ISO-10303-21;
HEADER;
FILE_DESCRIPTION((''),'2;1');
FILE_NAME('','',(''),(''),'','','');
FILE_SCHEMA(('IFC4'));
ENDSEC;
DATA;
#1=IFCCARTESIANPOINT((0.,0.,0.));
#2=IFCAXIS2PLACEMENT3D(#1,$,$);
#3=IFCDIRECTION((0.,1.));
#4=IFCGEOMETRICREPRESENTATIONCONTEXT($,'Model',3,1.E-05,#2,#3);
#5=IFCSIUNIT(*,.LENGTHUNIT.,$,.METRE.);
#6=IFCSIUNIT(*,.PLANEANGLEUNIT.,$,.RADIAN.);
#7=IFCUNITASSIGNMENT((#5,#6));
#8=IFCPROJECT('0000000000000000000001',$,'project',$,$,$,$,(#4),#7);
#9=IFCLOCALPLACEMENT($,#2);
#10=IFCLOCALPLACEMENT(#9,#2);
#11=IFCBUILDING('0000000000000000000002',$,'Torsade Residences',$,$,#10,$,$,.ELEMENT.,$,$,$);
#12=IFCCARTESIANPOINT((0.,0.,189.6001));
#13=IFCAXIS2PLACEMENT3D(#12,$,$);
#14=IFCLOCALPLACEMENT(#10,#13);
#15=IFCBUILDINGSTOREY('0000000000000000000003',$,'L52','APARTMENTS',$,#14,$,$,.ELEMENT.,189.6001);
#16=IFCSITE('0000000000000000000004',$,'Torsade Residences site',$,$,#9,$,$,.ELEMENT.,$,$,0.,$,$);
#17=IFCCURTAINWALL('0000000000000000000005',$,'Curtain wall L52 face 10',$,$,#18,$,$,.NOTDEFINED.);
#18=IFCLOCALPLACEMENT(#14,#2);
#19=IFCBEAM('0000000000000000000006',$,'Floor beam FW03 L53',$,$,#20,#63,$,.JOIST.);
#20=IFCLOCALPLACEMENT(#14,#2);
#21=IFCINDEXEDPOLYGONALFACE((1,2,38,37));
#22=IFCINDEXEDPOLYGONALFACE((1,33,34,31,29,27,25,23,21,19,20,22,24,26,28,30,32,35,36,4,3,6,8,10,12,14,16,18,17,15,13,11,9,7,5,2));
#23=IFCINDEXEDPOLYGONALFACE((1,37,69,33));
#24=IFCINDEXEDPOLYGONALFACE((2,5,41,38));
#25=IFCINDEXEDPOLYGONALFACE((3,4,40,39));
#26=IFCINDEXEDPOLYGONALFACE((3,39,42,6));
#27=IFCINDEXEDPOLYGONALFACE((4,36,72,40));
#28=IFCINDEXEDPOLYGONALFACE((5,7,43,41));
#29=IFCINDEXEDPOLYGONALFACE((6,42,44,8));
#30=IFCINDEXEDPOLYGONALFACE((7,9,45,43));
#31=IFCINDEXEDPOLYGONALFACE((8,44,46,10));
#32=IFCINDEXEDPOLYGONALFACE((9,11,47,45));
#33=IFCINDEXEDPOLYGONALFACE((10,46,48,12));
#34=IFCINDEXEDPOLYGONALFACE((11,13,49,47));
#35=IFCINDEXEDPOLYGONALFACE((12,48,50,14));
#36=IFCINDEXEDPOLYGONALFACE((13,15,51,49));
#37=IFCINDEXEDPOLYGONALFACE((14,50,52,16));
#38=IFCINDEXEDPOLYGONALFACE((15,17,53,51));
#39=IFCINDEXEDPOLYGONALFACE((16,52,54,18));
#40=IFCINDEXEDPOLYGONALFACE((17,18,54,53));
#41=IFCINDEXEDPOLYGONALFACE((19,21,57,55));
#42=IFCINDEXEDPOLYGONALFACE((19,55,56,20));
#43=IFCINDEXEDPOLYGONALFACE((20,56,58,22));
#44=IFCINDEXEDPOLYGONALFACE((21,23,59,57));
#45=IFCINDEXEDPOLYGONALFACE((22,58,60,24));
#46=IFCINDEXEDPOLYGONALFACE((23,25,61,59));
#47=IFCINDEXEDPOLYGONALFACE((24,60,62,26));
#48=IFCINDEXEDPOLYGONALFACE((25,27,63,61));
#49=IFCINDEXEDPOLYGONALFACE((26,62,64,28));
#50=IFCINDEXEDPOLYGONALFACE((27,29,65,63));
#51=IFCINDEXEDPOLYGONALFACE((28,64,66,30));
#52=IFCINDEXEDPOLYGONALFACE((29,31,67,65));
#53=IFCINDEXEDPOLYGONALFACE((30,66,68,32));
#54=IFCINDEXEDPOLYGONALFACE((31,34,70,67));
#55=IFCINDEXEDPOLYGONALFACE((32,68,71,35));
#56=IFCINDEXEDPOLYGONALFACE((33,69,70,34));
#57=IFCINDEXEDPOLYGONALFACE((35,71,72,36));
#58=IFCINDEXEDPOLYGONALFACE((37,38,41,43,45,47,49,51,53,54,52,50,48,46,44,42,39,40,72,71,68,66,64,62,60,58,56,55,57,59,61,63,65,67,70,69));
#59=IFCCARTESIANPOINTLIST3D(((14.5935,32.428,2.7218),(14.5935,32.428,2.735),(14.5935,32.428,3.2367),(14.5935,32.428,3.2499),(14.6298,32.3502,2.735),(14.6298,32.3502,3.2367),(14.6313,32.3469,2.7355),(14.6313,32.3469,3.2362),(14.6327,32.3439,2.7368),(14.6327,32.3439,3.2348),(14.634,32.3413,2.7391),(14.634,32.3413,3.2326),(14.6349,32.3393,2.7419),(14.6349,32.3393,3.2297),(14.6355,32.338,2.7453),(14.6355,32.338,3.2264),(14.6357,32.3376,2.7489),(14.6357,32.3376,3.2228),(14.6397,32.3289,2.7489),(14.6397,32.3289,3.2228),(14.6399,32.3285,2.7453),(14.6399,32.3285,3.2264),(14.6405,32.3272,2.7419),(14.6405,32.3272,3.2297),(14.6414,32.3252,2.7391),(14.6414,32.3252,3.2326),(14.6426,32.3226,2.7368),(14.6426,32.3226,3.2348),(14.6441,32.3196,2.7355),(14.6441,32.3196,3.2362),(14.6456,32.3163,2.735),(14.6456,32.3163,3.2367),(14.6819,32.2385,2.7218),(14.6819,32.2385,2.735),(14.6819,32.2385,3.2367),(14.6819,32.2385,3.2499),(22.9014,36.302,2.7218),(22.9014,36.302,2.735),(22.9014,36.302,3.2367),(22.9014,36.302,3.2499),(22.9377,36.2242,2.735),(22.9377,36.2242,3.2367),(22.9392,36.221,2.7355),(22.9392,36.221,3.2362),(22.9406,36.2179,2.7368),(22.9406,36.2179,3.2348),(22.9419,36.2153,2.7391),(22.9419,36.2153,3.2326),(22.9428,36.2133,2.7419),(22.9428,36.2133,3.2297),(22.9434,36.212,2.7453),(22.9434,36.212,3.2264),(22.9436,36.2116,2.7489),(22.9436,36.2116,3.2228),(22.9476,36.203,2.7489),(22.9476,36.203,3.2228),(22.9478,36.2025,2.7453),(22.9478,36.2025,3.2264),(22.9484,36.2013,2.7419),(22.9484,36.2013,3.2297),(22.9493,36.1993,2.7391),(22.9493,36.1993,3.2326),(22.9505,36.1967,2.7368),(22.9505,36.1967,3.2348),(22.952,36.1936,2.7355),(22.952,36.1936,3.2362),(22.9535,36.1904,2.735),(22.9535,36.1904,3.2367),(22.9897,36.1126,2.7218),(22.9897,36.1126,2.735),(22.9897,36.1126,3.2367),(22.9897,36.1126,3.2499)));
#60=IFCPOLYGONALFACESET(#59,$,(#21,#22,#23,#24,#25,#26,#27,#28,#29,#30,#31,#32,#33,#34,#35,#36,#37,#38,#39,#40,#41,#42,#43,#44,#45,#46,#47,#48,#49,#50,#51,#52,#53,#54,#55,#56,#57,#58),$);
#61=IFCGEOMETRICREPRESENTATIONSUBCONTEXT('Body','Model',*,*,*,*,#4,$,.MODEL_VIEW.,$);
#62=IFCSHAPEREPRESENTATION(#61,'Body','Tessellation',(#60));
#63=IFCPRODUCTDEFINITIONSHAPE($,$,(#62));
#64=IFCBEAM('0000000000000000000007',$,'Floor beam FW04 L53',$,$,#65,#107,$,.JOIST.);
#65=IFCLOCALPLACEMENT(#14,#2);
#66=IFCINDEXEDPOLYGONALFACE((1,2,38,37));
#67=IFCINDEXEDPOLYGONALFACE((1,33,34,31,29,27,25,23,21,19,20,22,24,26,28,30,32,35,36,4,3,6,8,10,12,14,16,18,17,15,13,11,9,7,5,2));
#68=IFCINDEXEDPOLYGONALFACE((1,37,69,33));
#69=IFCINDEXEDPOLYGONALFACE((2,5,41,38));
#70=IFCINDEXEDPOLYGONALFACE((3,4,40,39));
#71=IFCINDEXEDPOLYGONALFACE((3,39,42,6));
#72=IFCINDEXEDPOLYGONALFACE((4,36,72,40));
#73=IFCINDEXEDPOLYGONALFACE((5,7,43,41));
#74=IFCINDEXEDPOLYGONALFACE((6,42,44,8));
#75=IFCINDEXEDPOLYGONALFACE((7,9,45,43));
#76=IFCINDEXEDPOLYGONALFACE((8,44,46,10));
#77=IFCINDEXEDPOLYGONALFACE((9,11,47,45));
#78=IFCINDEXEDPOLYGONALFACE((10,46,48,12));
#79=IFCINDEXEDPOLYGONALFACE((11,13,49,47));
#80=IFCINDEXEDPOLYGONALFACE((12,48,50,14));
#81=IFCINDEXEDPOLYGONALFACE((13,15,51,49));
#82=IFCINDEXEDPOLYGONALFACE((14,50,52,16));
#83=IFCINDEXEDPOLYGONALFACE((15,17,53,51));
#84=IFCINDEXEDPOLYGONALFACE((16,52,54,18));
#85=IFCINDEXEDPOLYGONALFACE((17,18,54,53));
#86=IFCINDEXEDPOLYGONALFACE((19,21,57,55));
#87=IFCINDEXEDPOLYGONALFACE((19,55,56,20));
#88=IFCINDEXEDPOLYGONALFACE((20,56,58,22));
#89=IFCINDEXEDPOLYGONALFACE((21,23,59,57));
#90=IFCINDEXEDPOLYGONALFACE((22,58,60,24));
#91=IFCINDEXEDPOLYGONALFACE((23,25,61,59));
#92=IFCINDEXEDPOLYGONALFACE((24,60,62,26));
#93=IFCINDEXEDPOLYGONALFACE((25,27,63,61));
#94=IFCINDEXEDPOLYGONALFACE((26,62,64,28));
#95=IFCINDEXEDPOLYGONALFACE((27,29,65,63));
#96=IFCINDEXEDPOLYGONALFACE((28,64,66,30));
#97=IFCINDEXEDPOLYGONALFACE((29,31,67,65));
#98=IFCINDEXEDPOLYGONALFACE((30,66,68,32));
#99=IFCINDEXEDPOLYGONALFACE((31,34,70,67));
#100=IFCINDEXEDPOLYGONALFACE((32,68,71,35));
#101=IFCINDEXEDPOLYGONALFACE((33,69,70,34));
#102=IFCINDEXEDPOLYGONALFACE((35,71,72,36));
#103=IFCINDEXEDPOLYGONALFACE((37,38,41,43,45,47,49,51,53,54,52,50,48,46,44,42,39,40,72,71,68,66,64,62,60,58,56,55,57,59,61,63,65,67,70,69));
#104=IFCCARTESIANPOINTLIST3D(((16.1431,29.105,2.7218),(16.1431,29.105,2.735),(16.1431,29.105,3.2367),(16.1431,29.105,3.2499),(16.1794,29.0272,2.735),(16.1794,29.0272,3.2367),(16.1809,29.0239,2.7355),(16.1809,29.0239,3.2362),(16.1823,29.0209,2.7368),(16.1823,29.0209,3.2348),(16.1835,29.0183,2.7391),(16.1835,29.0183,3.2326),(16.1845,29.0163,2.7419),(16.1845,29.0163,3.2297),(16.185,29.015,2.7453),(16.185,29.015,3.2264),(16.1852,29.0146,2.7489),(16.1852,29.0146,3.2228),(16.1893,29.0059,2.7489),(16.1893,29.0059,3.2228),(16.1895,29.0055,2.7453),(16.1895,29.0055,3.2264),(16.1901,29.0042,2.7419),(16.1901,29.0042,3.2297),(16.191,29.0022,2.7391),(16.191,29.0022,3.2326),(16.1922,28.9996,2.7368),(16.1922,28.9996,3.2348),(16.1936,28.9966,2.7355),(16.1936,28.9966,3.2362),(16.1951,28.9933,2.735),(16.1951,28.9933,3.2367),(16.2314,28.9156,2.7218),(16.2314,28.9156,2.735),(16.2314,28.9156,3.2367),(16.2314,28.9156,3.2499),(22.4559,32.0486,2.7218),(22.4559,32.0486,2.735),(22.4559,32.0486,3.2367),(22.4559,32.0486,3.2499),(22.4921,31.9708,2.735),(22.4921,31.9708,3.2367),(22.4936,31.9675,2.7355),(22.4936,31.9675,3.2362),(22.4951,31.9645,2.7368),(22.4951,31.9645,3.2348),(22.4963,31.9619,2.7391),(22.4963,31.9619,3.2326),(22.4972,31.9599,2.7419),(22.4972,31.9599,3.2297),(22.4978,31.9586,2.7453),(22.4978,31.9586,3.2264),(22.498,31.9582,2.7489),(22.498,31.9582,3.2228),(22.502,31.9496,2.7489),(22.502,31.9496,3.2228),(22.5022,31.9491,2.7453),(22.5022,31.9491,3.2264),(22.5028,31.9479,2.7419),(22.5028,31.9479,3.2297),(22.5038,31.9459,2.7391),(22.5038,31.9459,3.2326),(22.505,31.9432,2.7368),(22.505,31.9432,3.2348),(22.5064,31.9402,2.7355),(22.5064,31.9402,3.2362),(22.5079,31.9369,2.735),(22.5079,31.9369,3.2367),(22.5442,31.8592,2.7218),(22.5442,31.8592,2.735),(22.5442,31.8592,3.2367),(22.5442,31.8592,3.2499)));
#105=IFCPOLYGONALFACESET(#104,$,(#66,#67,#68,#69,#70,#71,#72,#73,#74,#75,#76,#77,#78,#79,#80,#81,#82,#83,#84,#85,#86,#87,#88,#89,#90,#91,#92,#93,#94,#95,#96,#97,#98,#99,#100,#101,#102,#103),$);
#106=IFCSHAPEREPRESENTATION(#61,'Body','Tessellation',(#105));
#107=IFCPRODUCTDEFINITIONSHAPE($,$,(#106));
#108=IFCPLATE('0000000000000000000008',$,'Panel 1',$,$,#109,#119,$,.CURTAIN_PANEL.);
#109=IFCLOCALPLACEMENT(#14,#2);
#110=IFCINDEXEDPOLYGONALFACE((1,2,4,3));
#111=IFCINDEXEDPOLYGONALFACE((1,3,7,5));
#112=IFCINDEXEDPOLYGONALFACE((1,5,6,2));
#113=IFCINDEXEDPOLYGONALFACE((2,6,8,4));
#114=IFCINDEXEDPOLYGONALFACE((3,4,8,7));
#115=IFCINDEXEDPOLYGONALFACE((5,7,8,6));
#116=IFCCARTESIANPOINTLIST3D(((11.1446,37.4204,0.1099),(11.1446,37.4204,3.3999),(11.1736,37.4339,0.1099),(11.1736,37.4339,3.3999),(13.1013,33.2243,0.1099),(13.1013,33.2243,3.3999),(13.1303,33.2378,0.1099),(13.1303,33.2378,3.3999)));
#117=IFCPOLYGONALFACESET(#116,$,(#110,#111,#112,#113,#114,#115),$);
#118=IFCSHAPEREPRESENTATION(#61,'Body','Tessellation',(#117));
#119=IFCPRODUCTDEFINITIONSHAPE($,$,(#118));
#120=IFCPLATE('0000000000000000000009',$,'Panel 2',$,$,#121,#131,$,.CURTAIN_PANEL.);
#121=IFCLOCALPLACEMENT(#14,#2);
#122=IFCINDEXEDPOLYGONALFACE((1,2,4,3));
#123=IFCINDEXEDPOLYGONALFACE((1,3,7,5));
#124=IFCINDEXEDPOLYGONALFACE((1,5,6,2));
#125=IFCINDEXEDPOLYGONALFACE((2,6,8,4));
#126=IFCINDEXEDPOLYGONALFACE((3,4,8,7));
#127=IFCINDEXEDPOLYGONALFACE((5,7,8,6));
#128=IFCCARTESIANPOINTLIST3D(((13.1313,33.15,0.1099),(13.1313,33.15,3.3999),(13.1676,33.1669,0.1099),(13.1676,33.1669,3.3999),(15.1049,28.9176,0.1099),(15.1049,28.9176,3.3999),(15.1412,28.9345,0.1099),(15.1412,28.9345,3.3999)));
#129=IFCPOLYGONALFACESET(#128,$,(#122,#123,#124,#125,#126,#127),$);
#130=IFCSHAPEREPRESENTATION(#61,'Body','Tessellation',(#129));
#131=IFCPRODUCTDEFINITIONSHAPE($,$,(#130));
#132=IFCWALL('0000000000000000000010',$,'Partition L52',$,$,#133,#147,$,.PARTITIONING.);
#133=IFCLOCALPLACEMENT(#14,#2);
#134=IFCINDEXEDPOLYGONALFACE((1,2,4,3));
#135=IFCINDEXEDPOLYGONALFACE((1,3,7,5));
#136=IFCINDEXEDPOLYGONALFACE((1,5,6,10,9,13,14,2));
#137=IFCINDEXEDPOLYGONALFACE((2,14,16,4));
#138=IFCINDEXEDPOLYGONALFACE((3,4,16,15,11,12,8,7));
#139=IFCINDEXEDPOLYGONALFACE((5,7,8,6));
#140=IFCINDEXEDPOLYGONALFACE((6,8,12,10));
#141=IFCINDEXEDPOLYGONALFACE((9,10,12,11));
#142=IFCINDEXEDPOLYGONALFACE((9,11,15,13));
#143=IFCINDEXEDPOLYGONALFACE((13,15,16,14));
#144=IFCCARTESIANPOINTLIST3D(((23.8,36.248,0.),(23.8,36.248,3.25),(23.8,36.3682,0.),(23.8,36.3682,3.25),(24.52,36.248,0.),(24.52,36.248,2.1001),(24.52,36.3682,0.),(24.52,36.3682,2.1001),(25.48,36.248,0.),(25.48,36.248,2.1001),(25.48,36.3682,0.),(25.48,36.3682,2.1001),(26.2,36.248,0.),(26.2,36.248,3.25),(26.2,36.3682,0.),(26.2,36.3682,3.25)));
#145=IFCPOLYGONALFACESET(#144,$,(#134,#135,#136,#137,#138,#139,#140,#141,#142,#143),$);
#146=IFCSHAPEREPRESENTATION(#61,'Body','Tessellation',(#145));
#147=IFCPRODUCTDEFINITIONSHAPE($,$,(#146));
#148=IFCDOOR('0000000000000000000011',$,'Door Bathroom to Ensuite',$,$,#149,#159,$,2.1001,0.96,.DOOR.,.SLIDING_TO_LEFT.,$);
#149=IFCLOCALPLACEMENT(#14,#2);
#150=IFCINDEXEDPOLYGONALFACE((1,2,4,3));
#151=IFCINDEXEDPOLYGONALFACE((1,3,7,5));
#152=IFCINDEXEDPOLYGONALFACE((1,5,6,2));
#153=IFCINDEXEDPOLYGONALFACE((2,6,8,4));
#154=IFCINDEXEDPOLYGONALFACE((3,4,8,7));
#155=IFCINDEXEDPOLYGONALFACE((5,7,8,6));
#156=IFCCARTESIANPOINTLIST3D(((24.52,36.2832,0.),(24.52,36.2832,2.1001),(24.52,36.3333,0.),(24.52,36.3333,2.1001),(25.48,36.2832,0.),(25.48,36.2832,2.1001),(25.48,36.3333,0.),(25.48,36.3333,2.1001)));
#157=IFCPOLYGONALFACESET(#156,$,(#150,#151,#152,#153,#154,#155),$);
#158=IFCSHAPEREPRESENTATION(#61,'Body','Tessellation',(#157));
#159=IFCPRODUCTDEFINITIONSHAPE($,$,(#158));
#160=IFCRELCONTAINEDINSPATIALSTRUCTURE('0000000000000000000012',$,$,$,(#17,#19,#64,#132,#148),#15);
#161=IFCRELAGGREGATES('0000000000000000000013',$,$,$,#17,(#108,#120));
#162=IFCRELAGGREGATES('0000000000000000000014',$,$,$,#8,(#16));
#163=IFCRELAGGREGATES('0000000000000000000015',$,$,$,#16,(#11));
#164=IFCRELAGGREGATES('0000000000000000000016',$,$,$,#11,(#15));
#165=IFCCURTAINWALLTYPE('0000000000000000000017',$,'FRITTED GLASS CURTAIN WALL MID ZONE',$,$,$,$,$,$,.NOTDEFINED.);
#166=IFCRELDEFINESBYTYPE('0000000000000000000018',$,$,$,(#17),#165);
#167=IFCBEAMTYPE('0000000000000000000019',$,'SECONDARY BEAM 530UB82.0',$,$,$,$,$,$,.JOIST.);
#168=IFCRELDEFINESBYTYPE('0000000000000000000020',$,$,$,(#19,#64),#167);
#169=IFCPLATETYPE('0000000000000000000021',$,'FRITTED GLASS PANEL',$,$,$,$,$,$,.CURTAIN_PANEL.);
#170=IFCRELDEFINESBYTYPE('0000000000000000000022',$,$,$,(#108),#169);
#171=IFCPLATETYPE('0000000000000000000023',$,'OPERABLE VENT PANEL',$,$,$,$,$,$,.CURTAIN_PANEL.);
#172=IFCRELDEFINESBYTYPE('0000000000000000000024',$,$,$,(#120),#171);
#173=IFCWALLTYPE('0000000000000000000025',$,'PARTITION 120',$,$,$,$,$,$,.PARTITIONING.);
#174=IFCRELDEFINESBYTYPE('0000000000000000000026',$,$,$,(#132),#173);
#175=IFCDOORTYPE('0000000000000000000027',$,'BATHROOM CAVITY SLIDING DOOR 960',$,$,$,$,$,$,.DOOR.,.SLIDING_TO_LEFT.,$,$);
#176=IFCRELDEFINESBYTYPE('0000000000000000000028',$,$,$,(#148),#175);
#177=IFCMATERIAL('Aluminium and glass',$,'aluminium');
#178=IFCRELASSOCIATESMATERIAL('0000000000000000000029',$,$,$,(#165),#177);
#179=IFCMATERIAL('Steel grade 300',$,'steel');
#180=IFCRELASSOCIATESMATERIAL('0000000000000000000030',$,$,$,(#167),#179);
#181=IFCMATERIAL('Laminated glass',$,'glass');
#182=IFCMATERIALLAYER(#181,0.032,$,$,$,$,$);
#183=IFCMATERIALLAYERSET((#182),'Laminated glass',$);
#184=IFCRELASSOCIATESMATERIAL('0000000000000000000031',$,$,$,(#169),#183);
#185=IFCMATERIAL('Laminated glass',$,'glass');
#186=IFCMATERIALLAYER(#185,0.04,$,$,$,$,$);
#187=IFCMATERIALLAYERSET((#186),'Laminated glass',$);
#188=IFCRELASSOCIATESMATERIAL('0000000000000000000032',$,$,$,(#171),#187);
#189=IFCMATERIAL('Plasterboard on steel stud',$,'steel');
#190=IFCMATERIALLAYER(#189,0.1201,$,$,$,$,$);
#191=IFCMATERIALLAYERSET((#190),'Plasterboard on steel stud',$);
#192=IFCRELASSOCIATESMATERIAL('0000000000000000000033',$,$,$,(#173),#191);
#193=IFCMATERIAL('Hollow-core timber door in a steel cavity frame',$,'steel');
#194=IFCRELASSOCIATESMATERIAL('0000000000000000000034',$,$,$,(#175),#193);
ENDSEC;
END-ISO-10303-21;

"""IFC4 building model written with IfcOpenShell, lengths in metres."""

from ifc_helpers import new_model, si_unit, direction, frame, frame_2d, origin, origin_2d, place, context, subcontext, project, spatial, rectangle, i_section, extrude, material, layer, layer_set, material_profile, profile_set, type_object, element, fill, aggregate, save


model = new_model("IFC4")

# Units and contexts
model_context = context("Model", 3, precision=1e-05, world=origin(), true_north=direction((0.0, 1.0)))
body_context = subcontext(model_context, "Body", "Model", "MODEL_VIEW")
ifc_project = project(units=[si_unit("LENGTHUNIT", "METRE"), si_unit("PLANEANGLEUNIT", "RADIAN")], contexts=[model_context])

# Site, building, storey
site_placement = place(None, origin())
site = spatial("IfcSite", under=ifc_project, at=site_placement, Name="Torsade Residences site", CompositionType="ELEMENT", RefElevation=0.0)
building_placement = place(site_placement, origin())
building = spatial("IfcBuilding", under=site, at=building_placement, Name="Torsade Residences", CompositionType="ELEMENT")
storey_placement = place(building_placement, frame((0.0, 0.0, 189.6001)))
storey = spatial("IfcBuildingStorey", under=building, at=storey_placement, Name="L52", Description="APARTMENTS", CompositionType="ELEMENT", Elevation=189.6001)

# Curtain wall
ifc_material_1 = material(Name="Aluminium and glass", Category="aluminium")
curtain_wall_type = type_object("IfcCurtainWallType", Name="FRITTED GLASS CURTAIN WALL MID ZONE", PredefinedType="NOTDEFINED", material=ifc_material_1)
curtain_wall_placement = place(storey_placement, origin())
curtain_wall = element("IfcCurtainWall", 1, at=curtain_wall_placement, inside=storey, type_object=curtain_wall_type, Name="Curtain wall L52 face 10", PredefinedType="NOTDEFINED")

# Beams
ifc_material_2 = material(Name="Steel grade 300", Category="steel")
ifc_material_profile_1 = material_profile(ifc_material_2, i_section(OverallWidth=0.209, OverallDepth=0.5281, WebThickness=0.0095, FlangeThickness=0.0132, FilletRadius=0.0139, at=origin_2d()), Name="530UB82.0")
ifc_profile_set_1 = profile_set([ifc_material_profile_1], Name="Steel grade 300")
beam_type_1 = type_object("IfcBeamType", Name="SECONDARY BEAM 530UB82.0", PredefinedType="JOIST", material=ifc_profile_set_1)
beam_1_placement = place(storey_placement, frame((14.6377, 32.3333, 2.9858), z_axis=(0.906308, 0.422619, 0.0), x_axis=(-0.422619, 0.906308, 0.0)))
element("IfcBeam", 2, at=beam_1_placement, inside=storey, type_object=beam_type_1, Name="Floor beam FW03 L53", PredefinedType="JOIST", context=body_context, shape_type="SweptSolid", body=[
    extrude(i_section(OverallWidth=0.209, OverallDepth=0.5281, WebThickness=0.0095, FlangeThickness=0.0132, FilletRadius=0.0139, at=origin_2d()), origin(), (0.0, 0.0, 1.0), 9.1667),
])
beam_2_placement = place(storey_placement, frame((16.1873, 29.0103, 2.9858), z_axis=(0.906312, 0.422609, 0.0), x_axis=(-0.422609, 0.906312, 0.0)))
element("IfcBeam", 3, at=beam_2_placement, inside=storey, type_object=beam_type_1, Name="Floor beam FW04 L53", PredefinedType="JOIST", context=body_context, shape_type="SweptSolid", body=[
    extrude(i_section(OverallWidth=0.209, OverallDepth=0.5281, WebThickness=0.0095, FlangeThickness=0.0132, FilletRadius=0.0139, at=origin_2d()), origin(), (0.0, 0.0, 1.0), 6.9653),
])

# Plates
ifc_material_3 = material(Name="Laminated glass", Category="glass")
ifc_layer_1 = layer(ifc_material_3, 0.032)
ifc_layer_set_1 = layer_set([ifc_layer_1], Name="Laminated glass")
plate_type_1 = type_object("IfcPlateType", Name="FRITTED GLASS PANEL", PredefinedType="CURTAIN_PANEL", material=ifc_layer_set_1)
plate_1_placement = place(storey_placement, frame((12.1375, 35.3291, 0.1099), z_axis=(0.0, 0.0, 1.0), x_axis=(0.422618, -0.906308, 0.0)))
plate_1 = element("IfcPlate", 4, at=plate_1_placement, type_object=plate_type_1, Name="Panel 1", PredefinedType="CURTAIN_PANEL", context=body_context, shape_type="SweptSolid", body=[
    extrude(rectangle(XDim=4.6299, YDim=0.032, at=origin_2d()), origin(), (0.0, 0.0, 1.0), 3.29),
])
ifc_material_4 = material(Name="Laminated glass", Category="glass")
ifc_layer_2 = layer(ifc_material_4, 0.04)
ifc_layer_set_2 = layer_set([ifc_layer_2], Name="Laminated glass")
plate_type_2 = type_object("IfcPlateType", Name="OPERABLE VENT PANEL", PredefinedType="CURTAIN_PANEL", material=ifc_layer_set_2)
plate_2_placement = place(storey_placement, frame((14.1362, 31.0422, 0.1099), z_axis=(0.0, 0.0, 1.0), x_axis=(0.422618, -0.906308, 0.0)))
plate_2 = element("IfcPlate", 5, at=plate_2_placement, type_object=plate_type_2, Name="Panel 2", PredefinedType="CURTAIN_PANEL", context=body_context, shape_type="SweptSolid", body=[
    extrude(rectangle(XDim=4.6699, YDim=0.04, at=origin_2d()), origin(), (0.0, 0.0, 1.0), 3.29),
])
aggregate(curtain_wall, [plate_1, plate_2])

# Wall, opening, door
ifc_material_5 = material(Name="Plasterboard on steel stud", Category="steel")
ifc_layer_3 = layer(ifc_material_5, 0.1201)
ifc_layer_set_3 = layer_set([ifc_layer_3], Name="Plasterboard on steel stud")
wall_type_1 = type_object("IfcWallType", Name="PARTITION 120", PredefinedType="PARTITIONING", material=ifc_layer_set_3)
wall_1_placement = place(storey_placement, frame((26.2, 36.3081, 0.0), z_axis=(0.0, 0.0, 1.0), x_axis=(-1.0, 0.0, 0.0)))
wall_1 = element("IfcWall", 6, at=wall_1_placement, inside=storey, type_object=wall_type_1, Name="Partition L52", PredefinedType="PARTITIONING", context=body_context, shape_type="SweptSolid", body=[
    extrude(rectangle(XDim=2.3999, YDim=0.1201, at=frame_2d((1.2, 0.0))), origin(), (0.0, 0.0, 1.0), 3.25),
])
opening_1_placement = place(wall_1_placement, frame((0.72, 0.0, 0.0)))
opening_1 = element("IfcOpeningElement", 7, at=opening_1_placement, cuts=wall_1, PredefinedType="OPENING", context=body_context, shape_type="SweptSolid", body=[
    extrude(rectangle(XDim=0.96, YDim=2.1001, at=frame_2d((0.48, 1.05))), frame((0.0, 0.0701, 0.0), z_axis=(0.0, -1.0, 0.0), x_axis=(1.0, 0.0, 0.0)), (0.0, 0.0, 1.0), 0.1401),
])
ifc_material_6 = material(Name="Hollow-core timber door in a steel cavity frame", Category="steel")
door_type_1 = type_object("IfcDoorType", Name="BATHROOM CAVITY SLIDING DOOR 960", OperationType="SLIDING_TO_LEFT", PredefinedType="DOOR", material=ifc_material_6)
door_1_placement = place(opening_1_placement, origin())
door_1 = element("IfcDoor", 8, at=door_1_placement, inside=storey, type_object=door_type_1, Name="Door Bathroom to Ensuite", OperationType="SLIDING_TO_LEFT", OverallHeight=2.1001, OverallWidth=0.96, PredefinedType="DOOR", context=body_context, shape_type="SweptSolid", body=[
    extrude(rectangle(XDim=0.96, YDim=2.1001, at=frame_2d((0.48, 1.05))), frame((0.0, 0.0249, 0.0), z_axis=(0.0, -1.0, 0.0), x_axis=(1.0, 0.0, 0.0)), (0.0, 0.0, 1.0), 0.05),
])
fill(opening_1, door_1)

save(model, "model.ifc")
